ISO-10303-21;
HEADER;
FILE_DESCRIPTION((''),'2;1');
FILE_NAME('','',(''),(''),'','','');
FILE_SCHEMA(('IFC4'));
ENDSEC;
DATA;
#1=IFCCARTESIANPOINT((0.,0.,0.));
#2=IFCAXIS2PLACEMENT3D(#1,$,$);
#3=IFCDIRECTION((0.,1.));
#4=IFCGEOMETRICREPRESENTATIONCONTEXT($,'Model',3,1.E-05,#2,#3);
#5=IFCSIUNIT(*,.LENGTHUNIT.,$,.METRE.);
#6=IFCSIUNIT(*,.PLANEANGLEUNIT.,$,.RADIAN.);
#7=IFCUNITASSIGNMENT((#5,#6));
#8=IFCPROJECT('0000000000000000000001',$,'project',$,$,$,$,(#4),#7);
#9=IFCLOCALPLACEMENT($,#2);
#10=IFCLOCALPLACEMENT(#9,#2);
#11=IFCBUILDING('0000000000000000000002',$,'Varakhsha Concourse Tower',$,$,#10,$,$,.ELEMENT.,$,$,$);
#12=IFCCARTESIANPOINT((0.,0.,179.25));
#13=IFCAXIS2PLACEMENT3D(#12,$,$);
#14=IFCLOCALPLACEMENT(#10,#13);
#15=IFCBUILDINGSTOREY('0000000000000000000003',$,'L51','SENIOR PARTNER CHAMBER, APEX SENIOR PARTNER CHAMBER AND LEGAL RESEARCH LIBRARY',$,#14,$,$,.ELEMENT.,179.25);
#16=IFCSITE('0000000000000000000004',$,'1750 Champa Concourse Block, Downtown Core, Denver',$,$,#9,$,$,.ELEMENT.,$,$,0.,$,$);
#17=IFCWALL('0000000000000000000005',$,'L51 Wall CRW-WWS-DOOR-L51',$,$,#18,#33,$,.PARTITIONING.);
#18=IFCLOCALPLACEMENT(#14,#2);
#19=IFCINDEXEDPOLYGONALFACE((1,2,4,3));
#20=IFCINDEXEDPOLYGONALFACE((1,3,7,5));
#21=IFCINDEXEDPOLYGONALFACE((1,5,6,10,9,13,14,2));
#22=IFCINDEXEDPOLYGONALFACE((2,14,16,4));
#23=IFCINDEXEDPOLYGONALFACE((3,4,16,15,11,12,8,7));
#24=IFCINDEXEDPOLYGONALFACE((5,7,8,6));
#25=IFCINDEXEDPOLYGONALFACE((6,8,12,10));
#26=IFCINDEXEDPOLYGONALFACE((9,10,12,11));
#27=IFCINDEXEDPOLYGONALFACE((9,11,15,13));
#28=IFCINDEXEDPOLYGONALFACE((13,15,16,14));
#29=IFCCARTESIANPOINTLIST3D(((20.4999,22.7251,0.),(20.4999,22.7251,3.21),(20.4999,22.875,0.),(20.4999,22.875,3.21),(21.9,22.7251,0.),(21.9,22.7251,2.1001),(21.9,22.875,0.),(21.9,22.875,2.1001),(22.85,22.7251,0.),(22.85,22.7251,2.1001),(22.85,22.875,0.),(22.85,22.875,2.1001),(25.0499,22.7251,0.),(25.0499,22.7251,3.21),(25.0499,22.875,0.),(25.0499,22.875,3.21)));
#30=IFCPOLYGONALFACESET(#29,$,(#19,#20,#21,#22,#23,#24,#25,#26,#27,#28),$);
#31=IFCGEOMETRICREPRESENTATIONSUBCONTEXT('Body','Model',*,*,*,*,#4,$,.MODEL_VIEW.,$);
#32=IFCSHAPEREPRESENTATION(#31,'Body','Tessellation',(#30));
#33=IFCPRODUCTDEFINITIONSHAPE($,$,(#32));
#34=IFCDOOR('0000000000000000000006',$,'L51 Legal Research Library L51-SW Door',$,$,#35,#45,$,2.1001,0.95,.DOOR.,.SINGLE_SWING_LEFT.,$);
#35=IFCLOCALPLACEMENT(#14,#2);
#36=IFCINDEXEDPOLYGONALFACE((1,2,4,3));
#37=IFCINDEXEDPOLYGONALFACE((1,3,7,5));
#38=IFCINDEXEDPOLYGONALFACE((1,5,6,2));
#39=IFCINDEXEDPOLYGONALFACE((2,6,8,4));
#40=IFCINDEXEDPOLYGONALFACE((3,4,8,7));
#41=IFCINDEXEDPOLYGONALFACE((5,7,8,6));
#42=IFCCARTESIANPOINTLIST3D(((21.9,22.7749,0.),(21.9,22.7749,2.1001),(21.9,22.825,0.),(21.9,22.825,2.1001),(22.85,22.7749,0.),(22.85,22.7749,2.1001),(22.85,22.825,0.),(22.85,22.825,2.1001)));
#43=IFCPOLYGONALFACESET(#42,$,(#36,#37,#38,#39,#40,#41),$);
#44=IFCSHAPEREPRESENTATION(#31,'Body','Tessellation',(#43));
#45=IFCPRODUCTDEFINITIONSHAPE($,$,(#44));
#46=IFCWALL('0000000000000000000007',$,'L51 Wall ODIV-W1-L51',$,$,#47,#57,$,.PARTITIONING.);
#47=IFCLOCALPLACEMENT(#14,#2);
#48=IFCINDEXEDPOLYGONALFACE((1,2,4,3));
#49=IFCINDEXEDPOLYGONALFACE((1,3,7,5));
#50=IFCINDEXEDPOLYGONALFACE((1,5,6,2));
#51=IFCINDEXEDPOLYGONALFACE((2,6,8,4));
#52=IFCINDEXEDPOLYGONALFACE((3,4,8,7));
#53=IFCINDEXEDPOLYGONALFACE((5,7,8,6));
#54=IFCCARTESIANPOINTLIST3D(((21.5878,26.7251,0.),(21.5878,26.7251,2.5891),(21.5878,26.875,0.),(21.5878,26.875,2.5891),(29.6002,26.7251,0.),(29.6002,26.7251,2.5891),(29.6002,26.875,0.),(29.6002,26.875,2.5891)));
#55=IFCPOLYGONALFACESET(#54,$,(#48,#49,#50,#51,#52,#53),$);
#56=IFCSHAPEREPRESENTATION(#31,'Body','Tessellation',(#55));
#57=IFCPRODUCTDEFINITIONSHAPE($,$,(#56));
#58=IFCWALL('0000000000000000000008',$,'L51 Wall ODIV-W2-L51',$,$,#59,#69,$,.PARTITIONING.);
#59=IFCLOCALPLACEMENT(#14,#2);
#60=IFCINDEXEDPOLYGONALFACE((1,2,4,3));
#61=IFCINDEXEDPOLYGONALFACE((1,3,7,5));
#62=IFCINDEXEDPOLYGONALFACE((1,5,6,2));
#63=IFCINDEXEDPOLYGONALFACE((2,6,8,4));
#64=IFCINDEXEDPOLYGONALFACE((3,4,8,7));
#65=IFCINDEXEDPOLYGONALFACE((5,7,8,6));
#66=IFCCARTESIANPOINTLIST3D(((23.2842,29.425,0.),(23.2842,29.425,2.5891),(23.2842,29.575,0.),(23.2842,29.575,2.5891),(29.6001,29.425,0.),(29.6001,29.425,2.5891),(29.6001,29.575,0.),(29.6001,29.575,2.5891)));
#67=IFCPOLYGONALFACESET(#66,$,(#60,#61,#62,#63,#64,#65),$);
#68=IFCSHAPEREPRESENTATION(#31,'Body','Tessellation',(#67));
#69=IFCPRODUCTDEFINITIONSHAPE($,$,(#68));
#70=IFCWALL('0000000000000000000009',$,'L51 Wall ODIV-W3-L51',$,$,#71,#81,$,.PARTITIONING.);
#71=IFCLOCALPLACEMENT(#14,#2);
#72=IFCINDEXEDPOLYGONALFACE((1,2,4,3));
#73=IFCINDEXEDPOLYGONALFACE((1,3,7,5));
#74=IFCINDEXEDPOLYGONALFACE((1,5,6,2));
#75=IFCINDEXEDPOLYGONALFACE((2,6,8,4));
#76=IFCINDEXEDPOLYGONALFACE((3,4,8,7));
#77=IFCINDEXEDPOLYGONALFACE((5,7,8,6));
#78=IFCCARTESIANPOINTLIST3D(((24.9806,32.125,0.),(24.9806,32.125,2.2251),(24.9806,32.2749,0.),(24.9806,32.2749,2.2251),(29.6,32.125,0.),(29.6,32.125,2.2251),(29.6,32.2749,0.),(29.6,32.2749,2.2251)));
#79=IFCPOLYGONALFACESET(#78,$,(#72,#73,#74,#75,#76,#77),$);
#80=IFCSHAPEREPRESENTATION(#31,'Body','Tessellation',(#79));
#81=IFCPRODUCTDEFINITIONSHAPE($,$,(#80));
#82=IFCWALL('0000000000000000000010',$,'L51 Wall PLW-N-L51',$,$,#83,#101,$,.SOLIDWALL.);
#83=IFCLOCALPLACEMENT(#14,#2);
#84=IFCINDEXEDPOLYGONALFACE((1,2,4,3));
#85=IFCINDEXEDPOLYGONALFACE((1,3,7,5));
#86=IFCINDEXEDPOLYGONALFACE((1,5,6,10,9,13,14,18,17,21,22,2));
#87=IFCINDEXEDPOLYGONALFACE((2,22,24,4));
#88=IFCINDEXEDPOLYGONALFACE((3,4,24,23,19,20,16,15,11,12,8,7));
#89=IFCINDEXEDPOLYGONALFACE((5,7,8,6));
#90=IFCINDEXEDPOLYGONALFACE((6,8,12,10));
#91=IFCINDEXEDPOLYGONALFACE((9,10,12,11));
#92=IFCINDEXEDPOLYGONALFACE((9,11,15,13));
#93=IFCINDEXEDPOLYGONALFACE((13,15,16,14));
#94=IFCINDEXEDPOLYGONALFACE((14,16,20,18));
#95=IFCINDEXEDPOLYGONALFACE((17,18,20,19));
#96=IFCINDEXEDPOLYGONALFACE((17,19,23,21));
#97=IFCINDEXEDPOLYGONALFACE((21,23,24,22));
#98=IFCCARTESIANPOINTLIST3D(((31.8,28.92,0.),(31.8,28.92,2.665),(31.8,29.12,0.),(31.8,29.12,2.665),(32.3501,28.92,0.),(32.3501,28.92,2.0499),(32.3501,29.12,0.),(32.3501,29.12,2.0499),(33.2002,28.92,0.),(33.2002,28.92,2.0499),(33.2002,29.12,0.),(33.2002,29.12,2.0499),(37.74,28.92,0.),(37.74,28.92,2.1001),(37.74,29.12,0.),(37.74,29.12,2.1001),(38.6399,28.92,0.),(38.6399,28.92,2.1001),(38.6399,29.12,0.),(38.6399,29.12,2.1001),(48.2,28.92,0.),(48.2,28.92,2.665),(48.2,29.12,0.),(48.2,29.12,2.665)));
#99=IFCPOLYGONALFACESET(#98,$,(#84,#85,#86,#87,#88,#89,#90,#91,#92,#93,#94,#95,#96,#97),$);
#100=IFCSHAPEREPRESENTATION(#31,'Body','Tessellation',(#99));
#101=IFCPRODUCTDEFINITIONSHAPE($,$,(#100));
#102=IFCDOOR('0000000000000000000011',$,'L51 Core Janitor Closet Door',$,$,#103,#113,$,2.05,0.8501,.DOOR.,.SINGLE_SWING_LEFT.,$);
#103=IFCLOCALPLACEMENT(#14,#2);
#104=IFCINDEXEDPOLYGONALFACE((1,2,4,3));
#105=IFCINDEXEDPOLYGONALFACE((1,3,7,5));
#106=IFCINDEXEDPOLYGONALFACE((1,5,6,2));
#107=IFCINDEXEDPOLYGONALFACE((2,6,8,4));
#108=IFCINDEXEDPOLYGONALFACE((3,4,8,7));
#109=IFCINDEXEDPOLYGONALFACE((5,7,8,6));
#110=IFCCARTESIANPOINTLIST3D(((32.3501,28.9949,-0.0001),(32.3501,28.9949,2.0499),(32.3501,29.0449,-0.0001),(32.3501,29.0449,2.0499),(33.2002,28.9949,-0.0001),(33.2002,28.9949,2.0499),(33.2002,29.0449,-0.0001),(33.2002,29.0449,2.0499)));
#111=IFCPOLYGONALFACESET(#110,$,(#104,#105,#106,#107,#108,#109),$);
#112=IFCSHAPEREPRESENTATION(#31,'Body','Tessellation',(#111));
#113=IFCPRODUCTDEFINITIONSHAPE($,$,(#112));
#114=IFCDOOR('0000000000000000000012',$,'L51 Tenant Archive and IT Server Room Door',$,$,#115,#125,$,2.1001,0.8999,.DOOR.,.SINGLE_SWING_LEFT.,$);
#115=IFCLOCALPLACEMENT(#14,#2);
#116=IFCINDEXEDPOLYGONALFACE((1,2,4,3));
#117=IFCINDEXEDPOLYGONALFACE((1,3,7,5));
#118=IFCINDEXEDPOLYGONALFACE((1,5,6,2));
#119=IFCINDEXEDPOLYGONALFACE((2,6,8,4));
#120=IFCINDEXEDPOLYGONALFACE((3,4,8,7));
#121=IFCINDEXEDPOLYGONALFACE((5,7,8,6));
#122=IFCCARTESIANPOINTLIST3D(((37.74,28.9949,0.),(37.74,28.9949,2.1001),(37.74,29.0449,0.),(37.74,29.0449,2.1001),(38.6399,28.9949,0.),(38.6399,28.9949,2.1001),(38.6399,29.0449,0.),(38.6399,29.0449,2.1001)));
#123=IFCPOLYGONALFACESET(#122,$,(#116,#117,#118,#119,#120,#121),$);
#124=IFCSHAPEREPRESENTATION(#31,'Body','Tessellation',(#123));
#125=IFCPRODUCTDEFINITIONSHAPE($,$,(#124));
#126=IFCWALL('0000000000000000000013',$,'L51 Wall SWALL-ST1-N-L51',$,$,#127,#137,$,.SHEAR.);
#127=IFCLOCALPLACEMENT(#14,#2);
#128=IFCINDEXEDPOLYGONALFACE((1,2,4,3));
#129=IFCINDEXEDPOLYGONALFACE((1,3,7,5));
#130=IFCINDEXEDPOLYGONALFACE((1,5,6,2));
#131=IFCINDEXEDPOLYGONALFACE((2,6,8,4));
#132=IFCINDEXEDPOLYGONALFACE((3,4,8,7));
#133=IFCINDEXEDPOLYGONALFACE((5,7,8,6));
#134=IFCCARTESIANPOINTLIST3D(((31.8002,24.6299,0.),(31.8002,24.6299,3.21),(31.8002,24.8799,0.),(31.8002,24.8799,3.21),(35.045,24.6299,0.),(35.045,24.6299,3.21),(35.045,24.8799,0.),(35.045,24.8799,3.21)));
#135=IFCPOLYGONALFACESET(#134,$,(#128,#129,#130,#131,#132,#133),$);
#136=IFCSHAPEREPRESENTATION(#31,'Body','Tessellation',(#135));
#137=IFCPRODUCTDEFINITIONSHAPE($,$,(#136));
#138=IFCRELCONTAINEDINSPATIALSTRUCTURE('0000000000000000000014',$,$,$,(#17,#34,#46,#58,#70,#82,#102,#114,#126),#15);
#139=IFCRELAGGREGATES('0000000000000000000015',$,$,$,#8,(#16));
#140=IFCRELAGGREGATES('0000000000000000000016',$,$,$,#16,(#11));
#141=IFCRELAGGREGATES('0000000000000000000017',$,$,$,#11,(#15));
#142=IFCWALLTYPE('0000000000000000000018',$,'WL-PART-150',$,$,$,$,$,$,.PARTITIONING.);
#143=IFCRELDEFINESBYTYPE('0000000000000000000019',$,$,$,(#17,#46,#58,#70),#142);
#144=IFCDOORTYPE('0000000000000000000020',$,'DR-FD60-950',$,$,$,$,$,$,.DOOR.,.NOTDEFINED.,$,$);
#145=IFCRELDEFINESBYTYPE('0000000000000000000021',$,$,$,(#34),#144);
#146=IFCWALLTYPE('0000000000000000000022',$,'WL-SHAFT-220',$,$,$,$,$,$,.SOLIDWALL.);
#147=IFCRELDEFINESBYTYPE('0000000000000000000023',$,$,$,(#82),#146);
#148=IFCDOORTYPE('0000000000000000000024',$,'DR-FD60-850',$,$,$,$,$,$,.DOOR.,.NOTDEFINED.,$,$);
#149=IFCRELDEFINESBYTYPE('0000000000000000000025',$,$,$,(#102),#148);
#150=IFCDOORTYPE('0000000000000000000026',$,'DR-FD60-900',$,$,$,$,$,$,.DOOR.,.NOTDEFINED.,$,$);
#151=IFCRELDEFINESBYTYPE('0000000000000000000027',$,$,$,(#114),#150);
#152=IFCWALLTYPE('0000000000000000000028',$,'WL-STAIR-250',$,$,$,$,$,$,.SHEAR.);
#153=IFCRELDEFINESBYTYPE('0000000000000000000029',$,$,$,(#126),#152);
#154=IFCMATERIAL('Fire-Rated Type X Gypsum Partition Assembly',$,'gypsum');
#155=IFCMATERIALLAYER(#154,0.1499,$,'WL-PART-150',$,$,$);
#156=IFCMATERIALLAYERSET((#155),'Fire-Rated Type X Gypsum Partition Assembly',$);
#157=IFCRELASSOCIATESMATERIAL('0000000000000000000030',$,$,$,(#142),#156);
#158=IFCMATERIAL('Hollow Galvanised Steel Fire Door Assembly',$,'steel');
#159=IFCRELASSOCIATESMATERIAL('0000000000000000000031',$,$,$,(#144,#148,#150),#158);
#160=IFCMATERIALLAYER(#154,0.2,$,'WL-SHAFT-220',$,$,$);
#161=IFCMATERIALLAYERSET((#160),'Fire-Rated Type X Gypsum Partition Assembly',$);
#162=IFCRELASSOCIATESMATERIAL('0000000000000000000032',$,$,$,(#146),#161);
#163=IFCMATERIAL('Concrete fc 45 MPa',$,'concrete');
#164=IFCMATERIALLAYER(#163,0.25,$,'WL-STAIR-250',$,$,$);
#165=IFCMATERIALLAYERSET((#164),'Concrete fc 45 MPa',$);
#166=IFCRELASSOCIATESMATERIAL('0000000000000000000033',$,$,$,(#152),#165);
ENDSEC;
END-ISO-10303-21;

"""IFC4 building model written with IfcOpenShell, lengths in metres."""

from ifc_helpers import new_model, si_unit, direction, frame, frame_2d, origin, place, context, subcontext, project, spatial, rectangle, extrude, material, layer, layer_set, type_object, element, fill, save


model = new_model("IFC4")

# Units and contexts
model_context = context("Model", 3, precision=1e-05, world=origin(), true_north=direction((0.0, 1.0)))
body_context = subcontext(model_context, "Body", "Model", "MODEL_VIEW")
ifc_project = project(units=[si_unit("LENGTHUNIT", "METRE"), si_unit("PLANEANGLEUNIT", "RADIAN")], contexts=[model_context])

# Site, building, storey
site_placement = place(None, origin())
site = spatial("IfcSite", under=ifc_project, at=site_placement, Name="1750 Champa Concourse Block, Downtown Core, Denver", CompositionType="ELEMENT", RefElevation=0.0)
building_placement = place(site_placement, origin())
building = spatial("IfcBuilding", under=site, at=building_placement, Name="Varakhsha Concourse Tower", CompositionType="ELEMENT")
storey_placement = place(building_placement, frame((0.0, 0.0, 179.25)))
storey = spatial("IfcBuildingStorey", under=building, at=storey_placement, Name="L51", Description="SENIOR PARTNER CHAMBER, APEX SENIOR PARTNER CHAMBER AND LEGAL RESEARCH LIBRARY", CompositionType="ELEMENT", Elevation=179.25)

# Shared definitions
ifc_material_1 = material(Name="Fire-Rated Type X Gypsum Partition Assembly", Category="gypsum")
ifc_layer_1 = layer(ifc_material_1, 0.1499, Name="WL-PART-150")
ifc_layer_set_1 = layer_set([ifc_layer_1], Name="Fire-Rated Type X Gypsum Partition Assembly")
wall_type_1 = type_object("IfcWallType", Name="WL-PART-150", PredefinedType="PARTITIONING", material=ifc_layer_set_1)
ifc_material_2 = material(Name="Hollow Galvanised Steel Fire Door Assembly", Category="steel")
door_type_1 = type_object("IfcDoorType", Name="DR-FD60-950", OperationType="NOTDEFINED", PredefinedType="DOOR", material=ifc_material_2)

# Wall, opening, door
wall_1_placement = place(storey_placement, frame((20.5, 22.8, 0.0), z_axis=(0.0, 0.0, 1.0), x_axis=(1.0, 0.0, 0.0)))
wall_1 = element("IfcWall", 1, at=wall_1_placement, inside=storey, type_object=wall_type_1, Name="L51 Wall CRW-WWS-DOOR-L51", PredefinedType="PARTITIONING", context=body_context, shape_type="SweptSolid", body=[
    extrude(rectangle(XDim=4.55, YDim=0.1499, at=frame_2d((2.2749, 0.0))), origin(), (0.0, 0.0, 1.0), 3.21),
])
opening_1_placement = place(wall_1_placement, frame((1.3999, 0.0, 0.0)))
opening_1 = element("IfcOpeningElement", 2, at=opening_1_placement, cuts=wall_1, PredefinedType="OPENING", context=body_context, shape_type="SweptSolid", body=[
    extrude(rectangle(XDim=0.95, YDim=2.1001, at=frame_2d((0.4751, 1.05))), frame((0.0, 0.085, 0.0), z_axis=(0.0, -1.0, 0.0), x_axis=(1.0, 0.0, 0.0)), (0.0, 0.0, 1.0), 0.1699),
])
door_1_placement = place(opening_1_placement, origin())
door_1 = element("IfcDoor", 3, at=door_1_placement, inside=storey, type_object=door_type_1, Name="L51 Legal Research Library L51-SW Door", OperationType="SINGLE_SWING_LEFT", OverallHeight=2.1001, OverallWidth=0.95, PredefinedType="DOOR", context=body_context, shape_type="SweptSolid", body=[
    extrude(rectangle(XDim=0.95, YDim=2.1001, at=frame_2d((0.4751, 1.05))), frame((0.0, 0.0249, 0.0), z_axis=(0.0, -1.0, 0.0), x_axis=(1.0, 0.0, 0.0)), (0.0, 0.0, 1.0), 0.05),
])
fill(opening_1, door_1)

# Walls
wall_2_placement = place(storey_placement, frame((21.5876, 26.8, 0.0), z_axis=(0.0, 0.0, 1.0), x_axis=(1.0, 0.0, 0.0)))
element("IfcWall", 4, at=wall_2_placement, inside=storey, type_object=wall_type_1, Name="L51 Wall ODIV-W1-L51", PredefinedType="PARTITIONING", context=body_context, shape_type="SweptSolid", body=[
    extrude(rectangle(XDim=8.0125, YDim=0.1499, at=frame_2d((4.0063, 0.0))), origin(), (0.0, 0.0, 1.0), 2.5891),
])
wall_3_placement = place(storey_placement, frame((23.2842, 29.5, 0.0), z_axis=(0.0, 0.0, 1.0), x_axis=(1.0, 0.0, 0.0)))
element("IfcWall", 5, at=wall_3_placement, inside=storey, type_object=wall_type_1, Name="L51 Wall ODIV-W2-L51", PredefinedType="PARTITIONING", context=body_context, shape_type="SweptSolid", body=[
    extrude(rectangle(XDim=6.3159, YDim=0.1499, at=frame_2d((3.158, 0.0))), origin(), (0.0, 0.0, 1.0), 2.5891),
])
wall_4_placement = place(storey_placement, frame((24.9807, 32.2, 0.0), z_axis=(0.0, 0.0, 1.0), x_axis=(1.0, 0.0, 0.0)))
element("IfcWall", 6, at=wall_4_placement, inside=storey, type_object=wall_type_1, Name="L51 Wall ODIV-W3-L51", PredefinedType="PARTITIONING", context=body_context, shape_type="SweptSolid", body=[
    extrude(rectangle(XDim=4.6194, YDim=0.1499, at=frame_2d((2.3096, 0.0))), origin(), (0.0, 0.0, 1.0), 2.2251),
])

# Wall, openings, doors
ifc_layer_2 = layer(ifc_material_1, 0.2, Name="WL-SHAFT-220")
ifc_layer_set_2 = layer_set([ifc_layer_2], Name="Fire-Rated Type X Gypsum Partition Assembly")
wall_type_2 = type_object("IfcWallType", Name="WL-SHAFT-220", PredefinedType="SOLIDWALL", material=ifc_layer_set_2)
wall_5_placement = place(storey_placement, frame((31.8, 29.02, 0.0), z_axis=(0.0, 0.0, 1.0), x_axis=(1.0, 0.0, 0.0)))
wall_5 = element("IfcWall", 7, at=wall_5_placement, inside=storey, type_object=wall_type_2, Name="L51 Wall PLW-N-L51", PredefinedType="SOLIDWALL", context=body_context, shape_type="SweptSolid", body=[
    extrude(rectangle(XDim=16.3999, YDim=0.2, at=frame_2d((8.2, 0.0))), origin(), (0.0, 0.0, 1.0), 2.665),
])
opening_2_placement = place(wall_5_placement, frame((0.55, 0.0, 0.0)))
opening_2 = element("IfcOpeningElement", 8, at=opening_2_placement, cuts=wall_5, PredefinedType="OPENING", context=body_context, shape_type="SweptSolid", body=[
    extrude(rectangle(XDim=0.8501, YDim=2.05, at=frame_2d((0.425, 1.0249))), frame((0.0, 0.1099, 0.0), z_axis=(0.0, -1.0, 0.0), x_axis=(1.0, 0.0, 0.0)), (0.0, 0.0, 1.0), 0.22),
])
opening_3_placement = place(wall_5_placement, frame((5.9399, 0.0, 0.0)))
opening_3 = element("IfcOpeningElement", 9, at=opening_3_placement, cuts=wall_5, PredefinedType="OPENING", context=body_context, shape_type="SweptSolid", body=[
    extrude(rectangle(XDim=0.8999, YDim=2.1001, at=frame_2d((0.45, 1.05))), frame((0.0, 0.1099, 0.0), z_axis=(0.0, -1.0, 0.0), x_axis=(1.0, 0.0, 0.0)), (0.0, 0.0, 1.0), 0.22),
])
door_type_2 = type_object("IfcDoorType", Name="DR-FD60-850", OperationType="NOTDEFINED", PredefinedType="DOOR", material=ifc_material_2)
door_2_placement = place(opening_2_placement, origin())
door_2 = element("IfcDoor", 10, at=door_2_placement, inside=storey, type_object=door_type_2, Name="L51 Core Janitor Closet Door", OperationType="SINGLE_SWING_LEFT", OverallHeight=2.05, OverallWidth=0.8501, PredefinedType="DOOR", context=body_context, shape_type="SweptSolid", body=[
    extrude(rectangle(XDim=0.8501, YDim=2.05, at=frame_2d((0.425, 1.0249))), frame((0.0, 0.0249, 0.0), z_axis=(0.0, -1.0, 0.0), x_axis=(1.0, 0.0, 0.0)), (0.0, 0.0, 1.0), 0.05),
])
fill(opening_2, door_2)
door_type_3 = type_object("IfcDoorType", Name="DR-FD60-900", OperationType="NOTDEFINED", PredefinedType="DOOR", material=ifc_material_2)
door_3_placement = place(opening_3_placement, origin())
door_3 = element("IfcDoor", 11, at=door_3_placement, inside=storey, type_object=door_type_3, Name="L51 Tenant Archive and IT Server Room Door", OperationType="SINGLE_SWING_LEFT", OverallHeight=2.1001, OverallWidth=0.8999, PredefinedType="DOOR", context=body_context, shape_type="SweptSolid", body=[
    extrude(rectangle(XDim=0.8999, YDim=2.1001, at=frame_2d((0.45, 1.05))), frame((0.0, 0.0249, 0.0), z_axis=(0.0, -1.0, 0.0), x_axis=(1.0, 0.0, 0.0)), (0.0, 0.0, 1.0), 0.05),
])
fill(opening_3, door_3)

# Wall
ifc_material_3 = material(Name="Concrete fc 45 MPa", Category="concrete")
ifc_layer_3 = layer(ifc_material_3, 0.25, Name="WL-STAIR-250")
ifc_layer_set_3 = layer_set([ifc_layer_3], Name="Concrete fc 45 MPa")
wall_type_3 = type_object("IfcWallType", Name="WL-STAIR-250", PredefinedType="SHEAR", material=ifc_layer_set_3)
wall_6_placement = place(storey_placement, frame((31.8, 24.7549, 0.0), z_axis=(0.0, 0.0, 1.0), x_axis=(1.0, 0.0, 0.0)))
element("IfcWall", 12, at=wall_6_placement, inside=storey, type_object=wall_type_3, Name="L51 Wall SWALL-ST1-N-L51", PredefinedType="SHEAR", context=body_context, shape_type="SweptSolid", body=[
    extrude(rectangle(XDim=3.2449, YDim=0.25, at=frame_2d((1.6226, 0.0))), origin(), (0.0, 0.0, 1.0), 3.21),
])

save(model, "model.ifc")
